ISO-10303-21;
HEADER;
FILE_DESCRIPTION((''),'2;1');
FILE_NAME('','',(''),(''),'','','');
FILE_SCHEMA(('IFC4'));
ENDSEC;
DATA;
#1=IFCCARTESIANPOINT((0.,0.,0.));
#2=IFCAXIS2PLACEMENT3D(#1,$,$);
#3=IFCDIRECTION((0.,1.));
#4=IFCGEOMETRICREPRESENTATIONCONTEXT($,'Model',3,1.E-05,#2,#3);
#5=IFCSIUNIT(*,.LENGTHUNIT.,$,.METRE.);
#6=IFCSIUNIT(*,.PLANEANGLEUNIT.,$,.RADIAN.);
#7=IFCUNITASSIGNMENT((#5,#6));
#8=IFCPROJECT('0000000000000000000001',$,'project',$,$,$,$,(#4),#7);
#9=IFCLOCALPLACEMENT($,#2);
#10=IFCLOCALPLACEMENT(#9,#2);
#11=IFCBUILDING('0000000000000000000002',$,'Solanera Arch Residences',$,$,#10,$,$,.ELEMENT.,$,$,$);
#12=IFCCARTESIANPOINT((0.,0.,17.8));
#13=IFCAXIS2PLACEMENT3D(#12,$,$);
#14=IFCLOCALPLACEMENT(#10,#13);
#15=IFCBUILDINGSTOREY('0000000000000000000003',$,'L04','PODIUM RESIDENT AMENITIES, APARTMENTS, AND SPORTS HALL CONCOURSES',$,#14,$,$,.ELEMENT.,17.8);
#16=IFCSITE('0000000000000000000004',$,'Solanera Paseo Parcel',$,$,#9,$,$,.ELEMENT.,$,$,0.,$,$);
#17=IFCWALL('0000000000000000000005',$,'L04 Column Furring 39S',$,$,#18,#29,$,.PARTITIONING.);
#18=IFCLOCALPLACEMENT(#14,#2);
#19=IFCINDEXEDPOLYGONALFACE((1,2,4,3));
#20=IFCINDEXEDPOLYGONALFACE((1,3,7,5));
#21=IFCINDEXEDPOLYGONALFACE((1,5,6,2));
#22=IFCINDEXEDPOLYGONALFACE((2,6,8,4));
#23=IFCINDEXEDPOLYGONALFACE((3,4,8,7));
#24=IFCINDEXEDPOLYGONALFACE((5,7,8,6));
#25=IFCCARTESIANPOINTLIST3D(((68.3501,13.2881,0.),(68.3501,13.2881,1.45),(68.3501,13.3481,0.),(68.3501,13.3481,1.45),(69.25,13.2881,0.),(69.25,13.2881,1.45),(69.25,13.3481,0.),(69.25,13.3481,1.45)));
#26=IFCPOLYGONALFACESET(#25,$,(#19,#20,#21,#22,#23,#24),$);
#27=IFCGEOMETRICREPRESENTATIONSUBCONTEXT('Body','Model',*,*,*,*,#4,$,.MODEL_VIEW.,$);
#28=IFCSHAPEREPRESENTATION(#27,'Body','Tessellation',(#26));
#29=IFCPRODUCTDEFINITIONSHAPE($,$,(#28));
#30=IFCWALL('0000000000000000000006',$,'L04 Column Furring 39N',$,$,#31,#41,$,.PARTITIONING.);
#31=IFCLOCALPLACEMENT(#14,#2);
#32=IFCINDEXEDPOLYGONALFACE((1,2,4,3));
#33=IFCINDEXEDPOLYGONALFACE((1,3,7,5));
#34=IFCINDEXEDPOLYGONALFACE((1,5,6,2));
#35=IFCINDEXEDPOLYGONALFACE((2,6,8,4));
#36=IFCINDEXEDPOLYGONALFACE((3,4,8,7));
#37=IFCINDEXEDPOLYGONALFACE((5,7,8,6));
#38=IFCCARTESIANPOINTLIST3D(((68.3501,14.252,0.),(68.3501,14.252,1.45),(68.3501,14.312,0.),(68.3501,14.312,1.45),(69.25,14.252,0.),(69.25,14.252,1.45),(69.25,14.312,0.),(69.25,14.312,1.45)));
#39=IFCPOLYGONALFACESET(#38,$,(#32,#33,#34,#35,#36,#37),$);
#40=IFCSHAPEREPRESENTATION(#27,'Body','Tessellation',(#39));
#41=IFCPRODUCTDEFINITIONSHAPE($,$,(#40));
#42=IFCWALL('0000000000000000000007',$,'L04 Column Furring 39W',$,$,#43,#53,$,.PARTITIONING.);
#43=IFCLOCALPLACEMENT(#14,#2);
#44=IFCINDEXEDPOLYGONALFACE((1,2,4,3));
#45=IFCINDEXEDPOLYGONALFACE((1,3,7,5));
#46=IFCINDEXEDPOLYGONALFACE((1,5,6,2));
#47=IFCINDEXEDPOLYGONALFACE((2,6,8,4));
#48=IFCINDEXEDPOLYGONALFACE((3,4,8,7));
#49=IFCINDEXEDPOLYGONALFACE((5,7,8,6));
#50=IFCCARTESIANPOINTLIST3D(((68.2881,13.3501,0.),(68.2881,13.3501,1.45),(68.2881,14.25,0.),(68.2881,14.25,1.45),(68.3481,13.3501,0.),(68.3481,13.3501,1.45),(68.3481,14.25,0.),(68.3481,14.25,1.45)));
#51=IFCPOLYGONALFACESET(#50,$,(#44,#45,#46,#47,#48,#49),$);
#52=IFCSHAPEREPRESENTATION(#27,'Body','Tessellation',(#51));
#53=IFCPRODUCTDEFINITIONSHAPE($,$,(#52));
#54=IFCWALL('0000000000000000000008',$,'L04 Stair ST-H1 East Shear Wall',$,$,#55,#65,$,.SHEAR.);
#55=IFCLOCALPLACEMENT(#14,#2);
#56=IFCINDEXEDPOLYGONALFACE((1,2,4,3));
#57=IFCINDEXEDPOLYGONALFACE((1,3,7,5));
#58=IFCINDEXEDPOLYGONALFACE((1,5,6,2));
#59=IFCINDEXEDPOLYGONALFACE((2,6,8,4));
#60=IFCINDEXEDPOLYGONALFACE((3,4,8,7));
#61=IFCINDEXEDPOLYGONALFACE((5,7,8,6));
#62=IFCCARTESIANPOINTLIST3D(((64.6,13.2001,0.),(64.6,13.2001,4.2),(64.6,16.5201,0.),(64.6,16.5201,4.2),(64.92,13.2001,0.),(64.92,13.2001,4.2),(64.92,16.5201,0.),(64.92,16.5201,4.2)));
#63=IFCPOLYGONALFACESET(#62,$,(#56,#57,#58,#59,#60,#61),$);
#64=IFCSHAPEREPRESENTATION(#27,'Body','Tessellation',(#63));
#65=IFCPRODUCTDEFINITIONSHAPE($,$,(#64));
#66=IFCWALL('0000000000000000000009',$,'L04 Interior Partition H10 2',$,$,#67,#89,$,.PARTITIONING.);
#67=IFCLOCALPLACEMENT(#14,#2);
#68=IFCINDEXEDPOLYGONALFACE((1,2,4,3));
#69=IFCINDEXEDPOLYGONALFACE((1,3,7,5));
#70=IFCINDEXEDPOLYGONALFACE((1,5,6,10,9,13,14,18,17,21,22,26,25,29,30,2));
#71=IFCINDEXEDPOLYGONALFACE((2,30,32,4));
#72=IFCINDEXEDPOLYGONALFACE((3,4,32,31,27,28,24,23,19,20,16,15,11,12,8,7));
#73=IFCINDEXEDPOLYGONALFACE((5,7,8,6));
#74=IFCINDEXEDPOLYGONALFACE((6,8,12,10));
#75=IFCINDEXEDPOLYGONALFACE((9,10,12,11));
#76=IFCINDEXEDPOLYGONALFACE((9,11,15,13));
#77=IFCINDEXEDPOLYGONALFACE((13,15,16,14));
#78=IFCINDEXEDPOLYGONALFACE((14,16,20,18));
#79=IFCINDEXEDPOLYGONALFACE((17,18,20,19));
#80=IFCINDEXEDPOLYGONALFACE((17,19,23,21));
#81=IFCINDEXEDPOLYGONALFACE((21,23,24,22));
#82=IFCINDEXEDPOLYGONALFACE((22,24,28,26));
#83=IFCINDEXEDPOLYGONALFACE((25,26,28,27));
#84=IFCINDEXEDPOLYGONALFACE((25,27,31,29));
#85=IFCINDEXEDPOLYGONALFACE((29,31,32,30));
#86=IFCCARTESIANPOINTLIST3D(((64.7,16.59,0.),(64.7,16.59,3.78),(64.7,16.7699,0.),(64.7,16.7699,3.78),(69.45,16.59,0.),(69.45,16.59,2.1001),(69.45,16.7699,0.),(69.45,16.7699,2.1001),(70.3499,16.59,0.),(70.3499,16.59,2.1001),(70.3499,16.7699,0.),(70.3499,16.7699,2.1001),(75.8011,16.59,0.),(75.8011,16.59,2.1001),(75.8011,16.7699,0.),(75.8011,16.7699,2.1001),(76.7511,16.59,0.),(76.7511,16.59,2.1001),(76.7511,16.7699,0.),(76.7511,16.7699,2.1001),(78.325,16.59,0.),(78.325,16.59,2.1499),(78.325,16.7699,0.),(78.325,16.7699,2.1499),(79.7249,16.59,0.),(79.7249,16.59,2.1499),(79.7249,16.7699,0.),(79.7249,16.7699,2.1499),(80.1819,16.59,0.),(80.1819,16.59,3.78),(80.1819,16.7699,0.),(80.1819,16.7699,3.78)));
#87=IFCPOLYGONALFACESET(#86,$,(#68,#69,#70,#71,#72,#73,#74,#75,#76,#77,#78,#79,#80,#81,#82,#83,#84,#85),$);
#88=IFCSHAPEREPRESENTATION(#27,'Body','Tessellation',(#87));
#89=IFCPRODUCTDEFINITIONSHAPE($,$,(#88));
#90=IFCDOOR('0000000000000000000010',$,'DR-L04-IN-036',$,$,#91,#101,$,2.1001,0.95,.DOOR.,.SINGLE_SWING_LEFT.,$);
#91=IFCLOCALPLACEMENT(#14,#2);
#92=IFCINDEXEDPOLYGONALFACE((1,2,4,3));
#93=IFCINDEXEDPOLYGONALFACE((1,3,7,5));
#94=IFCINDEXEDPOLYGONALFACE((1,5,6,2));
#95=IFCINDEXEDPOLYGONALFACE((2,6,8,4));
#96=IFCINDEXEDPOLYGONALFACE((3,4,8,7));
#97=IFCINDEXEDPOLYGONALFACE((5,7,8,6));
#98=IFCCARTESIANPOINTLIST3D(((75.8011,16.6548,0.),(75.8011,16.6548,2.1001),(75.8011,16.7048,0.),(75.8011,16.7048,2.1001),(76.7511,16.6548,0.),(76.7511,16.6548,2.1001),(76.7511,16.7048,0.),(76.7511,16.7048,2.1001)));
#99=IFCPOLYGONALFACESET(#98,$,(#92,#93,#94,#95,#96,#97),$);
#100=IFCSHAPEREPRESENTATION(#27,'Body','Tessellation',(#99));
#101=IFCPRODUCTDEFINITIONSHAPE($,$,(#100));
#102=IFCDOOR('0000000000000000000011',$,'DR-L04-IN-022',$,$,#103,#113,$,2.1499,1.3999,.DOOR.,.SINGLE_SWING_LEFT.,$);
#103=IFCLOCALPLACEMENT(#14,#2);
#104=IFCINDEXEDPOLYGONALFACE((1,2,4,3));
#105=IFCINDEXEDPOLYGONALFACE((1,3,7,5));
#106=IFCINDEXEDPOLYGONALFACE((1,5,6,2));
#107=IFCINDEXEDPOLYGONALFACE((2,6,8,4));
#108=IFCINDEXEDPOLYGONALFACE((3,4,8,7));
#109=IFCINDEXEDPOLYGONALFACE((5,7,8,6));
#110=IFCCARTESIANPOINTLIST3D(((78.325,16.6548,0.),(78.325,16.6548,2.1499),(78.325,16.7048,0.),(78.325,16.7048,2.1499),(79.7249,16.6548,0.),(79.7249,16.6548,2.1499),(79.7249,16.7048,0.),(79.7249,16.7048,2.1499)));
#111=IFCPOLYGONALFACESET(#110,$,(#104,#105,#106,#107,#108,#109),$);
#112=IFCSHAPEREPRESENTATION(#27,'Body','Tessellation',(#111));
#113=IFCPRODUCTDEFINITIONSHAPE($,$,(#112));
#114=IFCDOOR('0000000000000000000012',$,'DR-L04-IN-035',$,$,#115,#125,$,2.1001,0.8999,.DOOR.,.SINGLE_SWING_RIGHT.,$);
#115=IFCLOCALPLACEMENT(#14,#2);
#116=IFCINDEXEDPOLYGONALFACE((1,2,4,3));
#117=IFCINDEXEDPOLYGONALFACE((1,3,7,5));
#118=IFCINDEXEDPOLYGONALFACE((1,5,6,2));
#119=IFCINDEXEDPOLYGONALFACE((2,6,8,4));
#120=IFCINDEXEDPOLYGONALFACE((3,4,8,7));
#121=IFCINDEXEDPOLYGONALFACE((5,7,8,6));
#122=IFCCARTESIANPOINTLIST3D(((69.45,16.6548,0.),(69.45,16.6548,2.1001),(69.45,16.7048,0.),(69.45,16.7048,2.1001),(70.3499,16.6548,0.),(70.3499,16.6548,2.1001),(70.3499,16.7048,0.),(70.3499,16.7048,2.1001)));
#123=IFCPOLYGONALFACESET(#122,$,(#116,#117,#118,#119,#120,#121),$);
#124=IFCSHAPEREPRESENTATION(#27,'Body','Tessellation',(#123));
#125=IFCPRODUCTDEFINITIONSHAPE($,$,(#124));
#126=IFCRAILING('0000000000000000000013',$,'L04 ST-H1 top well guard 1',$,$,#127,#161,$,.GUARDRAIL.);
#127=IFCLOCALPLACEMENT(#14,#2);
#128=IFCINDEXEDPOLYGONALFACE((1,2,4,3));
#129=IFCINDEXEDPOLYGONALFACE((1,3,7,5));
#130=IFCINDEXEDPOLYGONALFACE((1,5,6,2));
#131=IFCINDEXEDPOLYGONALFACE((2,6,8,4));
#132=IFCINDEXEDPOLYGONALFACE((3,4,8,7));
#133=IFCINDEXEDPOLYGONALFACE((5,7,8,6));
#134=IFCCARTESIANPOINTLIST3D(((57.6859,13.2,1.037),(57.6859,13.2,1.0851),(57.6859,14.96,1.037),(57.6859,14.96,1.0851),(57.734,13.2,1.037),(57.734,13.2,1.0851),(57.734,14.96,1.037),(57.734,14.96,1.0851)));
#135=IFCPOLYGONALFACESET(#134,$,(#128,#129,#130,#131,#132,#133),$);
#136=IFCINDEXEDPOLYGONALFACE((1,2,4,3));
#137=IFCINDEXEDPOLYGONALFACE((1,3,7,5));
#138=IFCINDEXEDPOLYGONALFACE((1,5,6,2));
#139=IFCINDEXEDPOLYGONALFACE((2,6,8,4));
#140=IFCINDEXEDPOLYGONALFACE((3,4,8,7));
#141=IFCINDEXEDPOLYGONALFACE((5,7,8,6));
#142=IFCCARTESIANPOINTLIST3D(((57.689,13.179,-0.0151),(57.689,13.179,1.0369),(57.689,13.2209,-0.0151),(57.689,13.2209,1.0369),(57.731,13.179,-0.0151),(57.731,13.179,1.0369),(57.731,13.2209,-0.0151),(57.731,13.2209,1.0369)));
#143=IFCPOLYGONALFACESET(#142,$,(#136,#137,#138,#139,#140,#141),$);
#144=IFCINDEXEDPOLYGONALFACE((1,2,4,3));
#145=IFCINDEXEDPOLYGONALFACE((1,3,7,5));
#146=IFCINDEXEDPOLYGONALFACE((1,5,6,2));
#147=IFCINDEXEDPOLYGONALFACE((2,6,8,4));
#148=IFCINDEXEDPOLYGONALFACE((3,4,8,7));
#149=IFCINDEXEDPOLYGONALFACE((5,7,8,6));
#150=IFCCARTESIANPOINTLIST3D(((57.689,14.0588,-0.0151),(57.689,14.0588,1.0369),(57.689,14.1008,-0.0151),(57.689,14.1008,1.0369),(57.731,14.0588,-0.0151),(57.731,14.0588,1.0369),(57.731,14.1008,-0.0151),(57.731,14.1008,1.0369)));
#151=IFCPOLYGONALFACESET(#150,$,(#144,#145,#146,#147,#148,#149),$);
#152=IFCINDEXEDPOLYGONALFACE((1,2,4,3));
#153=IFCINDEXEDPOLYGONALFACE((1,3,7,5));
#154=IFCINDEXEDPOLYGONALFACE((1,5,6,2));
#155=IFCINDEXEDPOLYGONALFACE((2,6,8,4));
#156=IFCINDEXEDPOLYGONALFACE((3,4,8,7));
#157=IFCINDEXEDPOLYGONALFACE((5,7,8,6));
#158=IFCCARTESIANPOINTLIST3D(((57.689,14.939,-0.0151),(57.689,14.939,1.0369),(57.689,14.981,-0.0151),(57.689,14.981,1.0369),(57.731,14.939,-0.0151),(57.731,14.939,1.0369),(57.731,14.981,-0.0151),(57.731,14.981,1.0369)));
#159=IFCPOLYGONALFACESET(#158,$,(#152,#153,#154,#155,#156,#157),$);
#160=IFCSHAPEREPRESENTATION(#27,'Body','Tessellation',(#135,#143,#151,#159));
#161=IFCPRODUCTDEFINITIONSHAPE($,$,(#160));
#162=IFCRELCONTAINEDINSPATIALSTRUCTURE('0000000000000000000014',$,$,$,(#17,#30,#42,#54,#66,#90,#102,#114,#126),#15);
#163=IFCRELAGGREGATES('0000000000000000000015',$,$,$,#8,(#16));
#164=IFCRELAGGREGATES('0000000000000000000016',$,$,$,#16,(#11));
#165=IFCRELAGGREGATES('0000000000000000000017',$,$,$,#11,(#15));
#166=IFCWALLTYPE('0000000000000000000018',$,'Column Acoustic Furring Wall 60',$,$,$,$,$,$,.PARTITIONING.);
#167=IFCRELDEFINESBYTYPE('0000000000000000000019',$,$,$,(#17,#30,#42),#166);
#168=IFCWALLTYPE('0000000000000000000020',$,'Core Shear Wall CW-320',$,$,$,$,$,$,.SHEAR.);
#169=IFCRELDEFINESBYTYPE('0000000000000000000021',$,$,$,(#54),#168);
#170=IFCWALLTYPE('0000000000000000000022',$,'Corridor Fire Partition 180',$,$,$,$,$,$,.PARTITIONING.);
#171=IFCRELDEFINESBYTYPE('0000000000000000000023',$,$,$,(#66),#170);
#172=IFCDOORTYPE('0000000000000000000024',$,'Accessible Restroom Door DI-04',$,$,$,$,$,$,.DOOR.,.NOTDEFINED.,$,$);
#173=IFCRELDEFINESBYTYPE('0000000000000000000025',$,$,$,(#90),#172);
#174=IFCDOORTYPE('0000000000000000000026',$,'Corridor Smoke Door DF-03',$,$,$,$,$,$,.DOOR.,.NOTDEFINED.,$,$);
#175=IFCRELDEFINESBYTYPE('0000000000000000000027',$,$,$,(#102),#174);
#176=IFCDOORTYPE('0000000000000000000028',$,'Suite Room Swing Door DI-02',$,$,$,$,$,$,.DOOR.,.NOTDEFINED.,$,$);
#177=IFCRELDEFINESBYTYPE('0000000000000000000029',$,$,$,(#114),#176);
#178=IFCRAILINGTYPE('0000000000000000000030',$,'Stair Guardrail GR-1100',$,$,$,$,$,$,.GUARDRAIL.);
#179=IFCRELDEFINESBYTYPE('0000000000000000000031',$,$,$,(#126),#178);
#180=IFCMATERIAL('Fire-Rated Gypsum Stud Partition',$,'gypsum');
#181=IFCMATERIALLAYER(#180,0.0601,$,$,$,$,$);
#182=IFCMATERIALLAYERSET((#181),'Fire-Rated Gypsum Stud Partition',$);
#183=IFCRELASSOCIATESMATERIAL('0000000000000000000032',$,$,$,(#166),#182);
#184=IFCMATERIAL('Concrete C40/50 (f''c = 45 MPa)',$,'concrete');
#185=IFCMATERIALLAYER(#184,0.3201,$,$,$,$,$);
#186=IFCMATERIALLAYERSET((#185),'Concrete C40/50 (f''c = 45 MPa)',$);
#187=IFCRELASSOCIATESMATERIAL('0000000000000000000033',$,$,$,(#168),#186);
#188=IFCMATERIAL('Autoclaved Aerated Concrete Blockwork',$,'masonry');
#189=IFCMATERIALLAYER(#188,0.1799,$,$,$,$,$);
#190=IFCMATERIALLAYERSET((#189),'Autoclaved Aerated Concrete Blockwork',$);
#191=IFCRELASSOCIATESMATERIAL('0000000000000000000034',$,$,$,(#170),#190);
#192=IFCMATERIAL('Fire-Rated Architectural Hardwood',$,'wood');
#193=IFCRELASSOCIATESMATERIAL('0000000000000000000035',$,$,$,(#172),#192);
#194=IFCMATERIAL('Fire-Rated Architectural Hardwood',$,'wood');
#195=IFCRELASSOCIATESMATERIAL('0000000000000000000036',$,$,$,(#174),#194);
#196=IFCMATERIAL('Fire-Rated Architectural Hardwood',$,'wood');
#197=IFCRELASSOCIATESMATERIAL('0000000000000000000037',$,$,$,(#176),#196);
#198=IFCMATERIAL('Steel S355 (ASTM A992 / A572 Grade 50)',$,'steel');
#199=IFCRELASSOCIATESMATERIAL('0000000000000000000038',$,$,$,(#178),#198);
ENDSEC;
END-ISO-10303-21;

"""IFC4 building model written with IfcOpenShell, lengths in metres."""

from ifc_helpers import new_model, si_unit, direction, frame, frame_2d, origin, origin_2d, place, context, subcontext, project, spatial, rectangle, extrude, material, layer, layer_set, type_object, element, fill, save


model = new_model("IFC4")

# Units and contexts
model_context = context("Model", 3, precision=1e-05, world=origin(), true_north=direction((0.0, 1.0)))
body_context = subcontext(model_context, "Body", "Model", "MODEL_VIEW")
ifc_project = project(units=[si_unit("LENGTHUNIT", "METRE"), si_unit("PLANEANGLEUNIT", "RADIAN")], contexts=[model_context])

# Site, building, storey
site_placement = place(None, origin())
site = spatial("IfcSite", under=ifc_project, at=site_placement, Name="Solanera Paseo Parcel", CompositionType="ELEMENT", RefElevation=0.0)
building_placement = place(site_placement, origin())
building = spatial("IfcBuilding", under=site, at=building_placement, Name="Solanera Arch Residences", CompositionType="ELEMENT")
storey_placement = place(building_placement, frame((0.0, 0.0, 17.8)))
storey = spatial("IfcBuildingStorey", under=building, at=storey_placement, Name="L04", Description="PODIUM RESIDENT AMENITIES, APARTMENTS, AND SPORTS HALL CONCOURSES", CompositionType="ELEMENT", Elevation=17.8)

# Walls
ifc_material_1 = material(Name="Fire-Rated Gypsum Stud Partition", Category="gypsum")
ifc_layer_1 = layer(ifc_material_1, 0.0601)
ifc_layer_set_1 = layer_set([ifc_layer_1], Name="Fire-Rated Gypsum Stud Partition")
wall_type_1 = type_object("IfcWallType", Name="Column Acoustic Furring Wall 60", PredefinedType="PARTITIONING", material=ifc_layer_set_1)
for number, where, z_axis, x_axis, name in (
    (1, (68.3501, 13.3181, 0.0), (0.0, 0.0, 1.0), (1.0, 0.0, 0.0), "L04 Column Furring 39S"),
    (2, (68.3501, 14.282, 0.0), (0.0, 0.0, 1.0), (1.0, 0.0, 0.0), "L04 Column Furring 39N"),
    (3, (68.3181, 13.3501, 0.0), (0.0, 0.0, 1.0), (0.0, 1.0, 0.0), "L04 Column Furring 39W"),
):
    element("IfcWall", number, at=place(storey_placement, frame(where, z_axis=z_axis, x_axis=x_axis)), inside=storey, type_object=wall_type_1, Name=name, PredefinedType="PARTITIONING", context=body_context, shape_type="SweptSolid", body=[
        extrude(rectangle(XDim=0.8999, YDim=0.0601, at=frame_2d((0.45, 0.0))), origin(), (0.0, 0.0, 1.0), 1.45),
    ])
ifc_material_2 = material(Name="Concrete C40/50 (f'c = 45 MPa)", Category="concrete")
ifc_layer_2 = layer(ifc_material_2, 0.3201)
ifc_layer_set_2 = layer_set([ifc_layer_2], Name="Concrete C40/50 (f'c = 45 MPa)")
wall_type_2 = type_object("IfcWallType", Name="Core Shear Wall CW-320", PredefinedType="SHEAR", material=ifc_layer_set_2)
wall_1_placement = place(storey_placement, frame((64.76, 13.2, 0.0), z_axis=(0.0, 0.0, 1.0), x_axis=(0.0, 1.0, 0.0)))
element("IfcWall", 4, at=wall_1_placement, inside=storey, type_object=wall_type_2, Name="L04 Stair ST-H1 East Shear Wall", PredefinedType="SHEAR", context=body_context, shape_type="SweptSolid", body=[
    extrude(rectangle(XDim=3.3201, YDim=0.3201, at=frame_2d((1.6602, 0.0))), origin(), (0.0, 0.0, 1.0), 4.2),
])

# Wall, openings, doors
ifc_material_3 = material(Name="Autoclaved Aerated Concrete Blockwork", Category="masonry")
ifc_layer_3 = layer(ifc_material_3, 0.1799)
ifc_layer_set_3 = layer_set([ifc_layer_3], Name="Autoclaved Aerated Concrete Blockwork")
wall_type_3 = type_object("IfcWallType", Name="Corridor Fire Partition 180", PredefinedType="PARTITIONING", material=ifc_layer_set_3)
wall_2_placement = place(storey_placement, frame((64.7, 16.6799, 0.0), z_axis=(0.0, 0.0, 1.0), x_axis=(1.0, 0.0, 0.0)))
wall_2 = element("IfcWall", 5, at=wall_2_placement, inside=storey, type_object=wall_type_3, Name="L04 Interior Partition H10 2", PredefinedType="PARTITIONING", context=body_context, shape_type="SweptSolid", body=[
    extrude(rectangle(XDim=15.4819, YDim=0.1799, at=frame_2d((7.741, 0.0))), origin(), (0.0, 0.0, 1.0), 3.78),
])
opening_1_placement = place(wall_2_placement, frame((13.625, 0.0, 0.0)))
opening_1 = element("IfcOpeningElement", 6, at=opening_1_placement, cuts=wall_2, PredefinedType="OPENING", context=body_context, shape_type="SweptSolid", body=[
    extrude(rectangle(XDim=1.3999, YDim=2.1499, at=frame_2d((0.7, 1.075))), frame((0.0, 0.1001, 0.0), z_axis=(0.0, -1.0, 0.0), x_axis=(1.0, 0.0, 0.0)), (0.0, 0.0, 1.0), 0.1999),
])
opening_2_placement = place(wall_2_placement, frame((4.75, 0.0, 0.0)))
opening_2 = element("IfcOpeningElement", 7, at=opening_2_placement, cuts=wall_2, PredefinedType="OPENING", context=body_context, shape_type="SweptSolid", body=[
    extrude(rectangle(XDim=0.8999, YDim=2.1001, at=frame_2d((0.45, 1.05))), frame((0.0, 0.1001, 0.0), z_axis=(0.0, -1.0, 0.0), x_axis=(1.0, 0.0, 0.0)), (0.0, 0.0, 1.0), 0.1999),
])
opening_3_placement = place(wall_2_placement, frame((11.1011, 0.0, 0.0)))
opening_3 = element("IfcOpeningElement", 8, at=opening_3_placement, cuts=wall_2, PredefinedType="OPENING", context=body_context, shape_type="SweptSolid", body=[
    extrude(rectangle(XDim=0.95, YDim=2.1001, at=frame_2d((0.4751, 1.05))), frame((0.0, 0.1001, 0.0), z_axis=(0.0, -1.0, 0.0), x_axis=(1.0, 0.0, 0.0)), (0.0, 0.0, 1.0), 0.1999),
])
ifc_material_4 = material(Name="Fire-Rated Architectural Hardwood", Category="wood")
door_type_1 = type_object("IfcDoorType", Name="Accessible Restroom Door DI-04", OperationType="NOTDEFINED", PredefinedType="DOOR", material=ifc_material_4)
door_1_placement = place(opening_3_placement, origin())
door_1 = element("IfcDoor", 9, at=door_1_placement, inside=storey, type_object=door_type_1, Name="DR-L04-IN-036", OperationType="SINGLE_SWING_LEFT", OverallHeight=2.1001, OverallWidth=0.95, PredefinedType="DOOR", context=body_context, shape_type="SweptSolid", body=[
    extrude(rectangle(XDim=0.95, YDim=2.1001, at=frame_2d((0.4751, 1.05))), frame((0.0, 0.0249, 0.0), z_axis=(0.0, -1.0, 0.0), x_axis=(1.0, 0.0, 0.0)), (0.0, 0.0, 1.0), 0.05),
])
fill(opening_3, door_1)
ifc_material_5 = material(Name="Fire-Rated Architectural Hardwood", Category="wood")
door_type_2 = type_object("IfcDoorType", Name="Corridor Smoke Door DF-03", OperationType="NOTDEFINED", PredefinedType="DOOR", material=ifc_material_5)
door_2_placement = place(opening_1_placement, origin())
door_2 = element("IfcDoor", 10, at=door_2_placement, inside=storey, type_object=door_type_2, Name="DR-L04-IN-022", OperationType="SINGLE_SWING_LEFT", OverallHeight=2.1499, OverallWidth=1.3999, PredefinedType="DOOR", context=body_context, shape_type="SweptSolid", body=[
    extrude(rectangle(XDim=1.3999, YDim=2.1499, at=frame_2d((0.7, 1.075))), frame((0.0, 0.0249, 0.0), z_axis=(0.0, -1.0, 0.0), x_axis=(1.0, 0.0, 0.0)), (0.0, 0.0, 1.0), 0.05),
])
fill(opening_1, door_2)
ifc_material_6 = material(Name="Fire-Rated Architectural Hardwood", Category="wood")
door_type_3 = type_object("IfcDoorType", Name="Suite Room Swing Door DI-02", OperationType="NOTDEFINED", PredefinedType="DOOR", material=ifc_material_6)
door_3_placement = place(opening_2_placement, origin())
door_3 = element("IfcDoor", 11, at=door_3_placement, inside=storey, type_object=door_type_3, Name="DR-L04-IN-035", OperationType="SINGLE_SWING_RIGHT", OverallHeight=2.1001, OverallWidth=0.8999, PredefinedType="DOOR", context=body_context, shape_type="SweptSolid", body=[
    extrude(rectangle(XDim=0.8999, YDim=2.1001, at=frame_2d((0.45, 1.05))), frame((0.0, 0.0249, 0.0), z_axis=(0.0, -1.0, 0.0), x_axis=(1.0, 0.0, 0.0)), (0.0, 0.0, 1.0), 0.05),
])
fill(opening_2, door_3)

# Railing
ifc_material_7 = material(Name="Steel S355 (ASTM A992 / A572 Grade 50)", Category="steel")
railing_type = type_object("IfcRailingType", Name="Stair Guardrail GR-1100", PredefinedType="GUARDRAIL", material=ifc_material_7)
railing_placement = place(storey_placement, frame((57.71, 13.2, -0.0151)))
element("IfcRailing", 12, at=railing_placement, inside=storey, type_object=railing_type, Name="L04 ST-H1 top well guard 1", PredefinedType="GUARDRAIL", context=body_context, shape_type="SweptSolid", body=[
    extrude(rectangle(XDim=0.0481, YDim=0.0481, at=origin_2d()), frame((0.0, 0.0, 1.0762), z_axis=(0.0, 1.0, 0.0), x_axis=(-1.0, 0.0, 0.0)), (0.0, 0.0, 1.0), 1.76),
    extrude(rectangle(XDim=0.042, YDim=0.042, at=origin_2d()), origin(), (0.0, 0.0, 1.0), 1.052),
    extrude(rectangle(XDim=0.042, YDim=0.042, at=origin_2d()), frame((0.0, 0.8799, 0.0)), (0.0, 0.0, 1.0), 1.052),
    extrude(rectangle(XDim=0.042, YDim=0.042, at=origin_2d()), frame((0.0, 1.76, 0.0)), (0.0, 0.0, 1.0), 1.052),
])

save(model, "model.ifc")
